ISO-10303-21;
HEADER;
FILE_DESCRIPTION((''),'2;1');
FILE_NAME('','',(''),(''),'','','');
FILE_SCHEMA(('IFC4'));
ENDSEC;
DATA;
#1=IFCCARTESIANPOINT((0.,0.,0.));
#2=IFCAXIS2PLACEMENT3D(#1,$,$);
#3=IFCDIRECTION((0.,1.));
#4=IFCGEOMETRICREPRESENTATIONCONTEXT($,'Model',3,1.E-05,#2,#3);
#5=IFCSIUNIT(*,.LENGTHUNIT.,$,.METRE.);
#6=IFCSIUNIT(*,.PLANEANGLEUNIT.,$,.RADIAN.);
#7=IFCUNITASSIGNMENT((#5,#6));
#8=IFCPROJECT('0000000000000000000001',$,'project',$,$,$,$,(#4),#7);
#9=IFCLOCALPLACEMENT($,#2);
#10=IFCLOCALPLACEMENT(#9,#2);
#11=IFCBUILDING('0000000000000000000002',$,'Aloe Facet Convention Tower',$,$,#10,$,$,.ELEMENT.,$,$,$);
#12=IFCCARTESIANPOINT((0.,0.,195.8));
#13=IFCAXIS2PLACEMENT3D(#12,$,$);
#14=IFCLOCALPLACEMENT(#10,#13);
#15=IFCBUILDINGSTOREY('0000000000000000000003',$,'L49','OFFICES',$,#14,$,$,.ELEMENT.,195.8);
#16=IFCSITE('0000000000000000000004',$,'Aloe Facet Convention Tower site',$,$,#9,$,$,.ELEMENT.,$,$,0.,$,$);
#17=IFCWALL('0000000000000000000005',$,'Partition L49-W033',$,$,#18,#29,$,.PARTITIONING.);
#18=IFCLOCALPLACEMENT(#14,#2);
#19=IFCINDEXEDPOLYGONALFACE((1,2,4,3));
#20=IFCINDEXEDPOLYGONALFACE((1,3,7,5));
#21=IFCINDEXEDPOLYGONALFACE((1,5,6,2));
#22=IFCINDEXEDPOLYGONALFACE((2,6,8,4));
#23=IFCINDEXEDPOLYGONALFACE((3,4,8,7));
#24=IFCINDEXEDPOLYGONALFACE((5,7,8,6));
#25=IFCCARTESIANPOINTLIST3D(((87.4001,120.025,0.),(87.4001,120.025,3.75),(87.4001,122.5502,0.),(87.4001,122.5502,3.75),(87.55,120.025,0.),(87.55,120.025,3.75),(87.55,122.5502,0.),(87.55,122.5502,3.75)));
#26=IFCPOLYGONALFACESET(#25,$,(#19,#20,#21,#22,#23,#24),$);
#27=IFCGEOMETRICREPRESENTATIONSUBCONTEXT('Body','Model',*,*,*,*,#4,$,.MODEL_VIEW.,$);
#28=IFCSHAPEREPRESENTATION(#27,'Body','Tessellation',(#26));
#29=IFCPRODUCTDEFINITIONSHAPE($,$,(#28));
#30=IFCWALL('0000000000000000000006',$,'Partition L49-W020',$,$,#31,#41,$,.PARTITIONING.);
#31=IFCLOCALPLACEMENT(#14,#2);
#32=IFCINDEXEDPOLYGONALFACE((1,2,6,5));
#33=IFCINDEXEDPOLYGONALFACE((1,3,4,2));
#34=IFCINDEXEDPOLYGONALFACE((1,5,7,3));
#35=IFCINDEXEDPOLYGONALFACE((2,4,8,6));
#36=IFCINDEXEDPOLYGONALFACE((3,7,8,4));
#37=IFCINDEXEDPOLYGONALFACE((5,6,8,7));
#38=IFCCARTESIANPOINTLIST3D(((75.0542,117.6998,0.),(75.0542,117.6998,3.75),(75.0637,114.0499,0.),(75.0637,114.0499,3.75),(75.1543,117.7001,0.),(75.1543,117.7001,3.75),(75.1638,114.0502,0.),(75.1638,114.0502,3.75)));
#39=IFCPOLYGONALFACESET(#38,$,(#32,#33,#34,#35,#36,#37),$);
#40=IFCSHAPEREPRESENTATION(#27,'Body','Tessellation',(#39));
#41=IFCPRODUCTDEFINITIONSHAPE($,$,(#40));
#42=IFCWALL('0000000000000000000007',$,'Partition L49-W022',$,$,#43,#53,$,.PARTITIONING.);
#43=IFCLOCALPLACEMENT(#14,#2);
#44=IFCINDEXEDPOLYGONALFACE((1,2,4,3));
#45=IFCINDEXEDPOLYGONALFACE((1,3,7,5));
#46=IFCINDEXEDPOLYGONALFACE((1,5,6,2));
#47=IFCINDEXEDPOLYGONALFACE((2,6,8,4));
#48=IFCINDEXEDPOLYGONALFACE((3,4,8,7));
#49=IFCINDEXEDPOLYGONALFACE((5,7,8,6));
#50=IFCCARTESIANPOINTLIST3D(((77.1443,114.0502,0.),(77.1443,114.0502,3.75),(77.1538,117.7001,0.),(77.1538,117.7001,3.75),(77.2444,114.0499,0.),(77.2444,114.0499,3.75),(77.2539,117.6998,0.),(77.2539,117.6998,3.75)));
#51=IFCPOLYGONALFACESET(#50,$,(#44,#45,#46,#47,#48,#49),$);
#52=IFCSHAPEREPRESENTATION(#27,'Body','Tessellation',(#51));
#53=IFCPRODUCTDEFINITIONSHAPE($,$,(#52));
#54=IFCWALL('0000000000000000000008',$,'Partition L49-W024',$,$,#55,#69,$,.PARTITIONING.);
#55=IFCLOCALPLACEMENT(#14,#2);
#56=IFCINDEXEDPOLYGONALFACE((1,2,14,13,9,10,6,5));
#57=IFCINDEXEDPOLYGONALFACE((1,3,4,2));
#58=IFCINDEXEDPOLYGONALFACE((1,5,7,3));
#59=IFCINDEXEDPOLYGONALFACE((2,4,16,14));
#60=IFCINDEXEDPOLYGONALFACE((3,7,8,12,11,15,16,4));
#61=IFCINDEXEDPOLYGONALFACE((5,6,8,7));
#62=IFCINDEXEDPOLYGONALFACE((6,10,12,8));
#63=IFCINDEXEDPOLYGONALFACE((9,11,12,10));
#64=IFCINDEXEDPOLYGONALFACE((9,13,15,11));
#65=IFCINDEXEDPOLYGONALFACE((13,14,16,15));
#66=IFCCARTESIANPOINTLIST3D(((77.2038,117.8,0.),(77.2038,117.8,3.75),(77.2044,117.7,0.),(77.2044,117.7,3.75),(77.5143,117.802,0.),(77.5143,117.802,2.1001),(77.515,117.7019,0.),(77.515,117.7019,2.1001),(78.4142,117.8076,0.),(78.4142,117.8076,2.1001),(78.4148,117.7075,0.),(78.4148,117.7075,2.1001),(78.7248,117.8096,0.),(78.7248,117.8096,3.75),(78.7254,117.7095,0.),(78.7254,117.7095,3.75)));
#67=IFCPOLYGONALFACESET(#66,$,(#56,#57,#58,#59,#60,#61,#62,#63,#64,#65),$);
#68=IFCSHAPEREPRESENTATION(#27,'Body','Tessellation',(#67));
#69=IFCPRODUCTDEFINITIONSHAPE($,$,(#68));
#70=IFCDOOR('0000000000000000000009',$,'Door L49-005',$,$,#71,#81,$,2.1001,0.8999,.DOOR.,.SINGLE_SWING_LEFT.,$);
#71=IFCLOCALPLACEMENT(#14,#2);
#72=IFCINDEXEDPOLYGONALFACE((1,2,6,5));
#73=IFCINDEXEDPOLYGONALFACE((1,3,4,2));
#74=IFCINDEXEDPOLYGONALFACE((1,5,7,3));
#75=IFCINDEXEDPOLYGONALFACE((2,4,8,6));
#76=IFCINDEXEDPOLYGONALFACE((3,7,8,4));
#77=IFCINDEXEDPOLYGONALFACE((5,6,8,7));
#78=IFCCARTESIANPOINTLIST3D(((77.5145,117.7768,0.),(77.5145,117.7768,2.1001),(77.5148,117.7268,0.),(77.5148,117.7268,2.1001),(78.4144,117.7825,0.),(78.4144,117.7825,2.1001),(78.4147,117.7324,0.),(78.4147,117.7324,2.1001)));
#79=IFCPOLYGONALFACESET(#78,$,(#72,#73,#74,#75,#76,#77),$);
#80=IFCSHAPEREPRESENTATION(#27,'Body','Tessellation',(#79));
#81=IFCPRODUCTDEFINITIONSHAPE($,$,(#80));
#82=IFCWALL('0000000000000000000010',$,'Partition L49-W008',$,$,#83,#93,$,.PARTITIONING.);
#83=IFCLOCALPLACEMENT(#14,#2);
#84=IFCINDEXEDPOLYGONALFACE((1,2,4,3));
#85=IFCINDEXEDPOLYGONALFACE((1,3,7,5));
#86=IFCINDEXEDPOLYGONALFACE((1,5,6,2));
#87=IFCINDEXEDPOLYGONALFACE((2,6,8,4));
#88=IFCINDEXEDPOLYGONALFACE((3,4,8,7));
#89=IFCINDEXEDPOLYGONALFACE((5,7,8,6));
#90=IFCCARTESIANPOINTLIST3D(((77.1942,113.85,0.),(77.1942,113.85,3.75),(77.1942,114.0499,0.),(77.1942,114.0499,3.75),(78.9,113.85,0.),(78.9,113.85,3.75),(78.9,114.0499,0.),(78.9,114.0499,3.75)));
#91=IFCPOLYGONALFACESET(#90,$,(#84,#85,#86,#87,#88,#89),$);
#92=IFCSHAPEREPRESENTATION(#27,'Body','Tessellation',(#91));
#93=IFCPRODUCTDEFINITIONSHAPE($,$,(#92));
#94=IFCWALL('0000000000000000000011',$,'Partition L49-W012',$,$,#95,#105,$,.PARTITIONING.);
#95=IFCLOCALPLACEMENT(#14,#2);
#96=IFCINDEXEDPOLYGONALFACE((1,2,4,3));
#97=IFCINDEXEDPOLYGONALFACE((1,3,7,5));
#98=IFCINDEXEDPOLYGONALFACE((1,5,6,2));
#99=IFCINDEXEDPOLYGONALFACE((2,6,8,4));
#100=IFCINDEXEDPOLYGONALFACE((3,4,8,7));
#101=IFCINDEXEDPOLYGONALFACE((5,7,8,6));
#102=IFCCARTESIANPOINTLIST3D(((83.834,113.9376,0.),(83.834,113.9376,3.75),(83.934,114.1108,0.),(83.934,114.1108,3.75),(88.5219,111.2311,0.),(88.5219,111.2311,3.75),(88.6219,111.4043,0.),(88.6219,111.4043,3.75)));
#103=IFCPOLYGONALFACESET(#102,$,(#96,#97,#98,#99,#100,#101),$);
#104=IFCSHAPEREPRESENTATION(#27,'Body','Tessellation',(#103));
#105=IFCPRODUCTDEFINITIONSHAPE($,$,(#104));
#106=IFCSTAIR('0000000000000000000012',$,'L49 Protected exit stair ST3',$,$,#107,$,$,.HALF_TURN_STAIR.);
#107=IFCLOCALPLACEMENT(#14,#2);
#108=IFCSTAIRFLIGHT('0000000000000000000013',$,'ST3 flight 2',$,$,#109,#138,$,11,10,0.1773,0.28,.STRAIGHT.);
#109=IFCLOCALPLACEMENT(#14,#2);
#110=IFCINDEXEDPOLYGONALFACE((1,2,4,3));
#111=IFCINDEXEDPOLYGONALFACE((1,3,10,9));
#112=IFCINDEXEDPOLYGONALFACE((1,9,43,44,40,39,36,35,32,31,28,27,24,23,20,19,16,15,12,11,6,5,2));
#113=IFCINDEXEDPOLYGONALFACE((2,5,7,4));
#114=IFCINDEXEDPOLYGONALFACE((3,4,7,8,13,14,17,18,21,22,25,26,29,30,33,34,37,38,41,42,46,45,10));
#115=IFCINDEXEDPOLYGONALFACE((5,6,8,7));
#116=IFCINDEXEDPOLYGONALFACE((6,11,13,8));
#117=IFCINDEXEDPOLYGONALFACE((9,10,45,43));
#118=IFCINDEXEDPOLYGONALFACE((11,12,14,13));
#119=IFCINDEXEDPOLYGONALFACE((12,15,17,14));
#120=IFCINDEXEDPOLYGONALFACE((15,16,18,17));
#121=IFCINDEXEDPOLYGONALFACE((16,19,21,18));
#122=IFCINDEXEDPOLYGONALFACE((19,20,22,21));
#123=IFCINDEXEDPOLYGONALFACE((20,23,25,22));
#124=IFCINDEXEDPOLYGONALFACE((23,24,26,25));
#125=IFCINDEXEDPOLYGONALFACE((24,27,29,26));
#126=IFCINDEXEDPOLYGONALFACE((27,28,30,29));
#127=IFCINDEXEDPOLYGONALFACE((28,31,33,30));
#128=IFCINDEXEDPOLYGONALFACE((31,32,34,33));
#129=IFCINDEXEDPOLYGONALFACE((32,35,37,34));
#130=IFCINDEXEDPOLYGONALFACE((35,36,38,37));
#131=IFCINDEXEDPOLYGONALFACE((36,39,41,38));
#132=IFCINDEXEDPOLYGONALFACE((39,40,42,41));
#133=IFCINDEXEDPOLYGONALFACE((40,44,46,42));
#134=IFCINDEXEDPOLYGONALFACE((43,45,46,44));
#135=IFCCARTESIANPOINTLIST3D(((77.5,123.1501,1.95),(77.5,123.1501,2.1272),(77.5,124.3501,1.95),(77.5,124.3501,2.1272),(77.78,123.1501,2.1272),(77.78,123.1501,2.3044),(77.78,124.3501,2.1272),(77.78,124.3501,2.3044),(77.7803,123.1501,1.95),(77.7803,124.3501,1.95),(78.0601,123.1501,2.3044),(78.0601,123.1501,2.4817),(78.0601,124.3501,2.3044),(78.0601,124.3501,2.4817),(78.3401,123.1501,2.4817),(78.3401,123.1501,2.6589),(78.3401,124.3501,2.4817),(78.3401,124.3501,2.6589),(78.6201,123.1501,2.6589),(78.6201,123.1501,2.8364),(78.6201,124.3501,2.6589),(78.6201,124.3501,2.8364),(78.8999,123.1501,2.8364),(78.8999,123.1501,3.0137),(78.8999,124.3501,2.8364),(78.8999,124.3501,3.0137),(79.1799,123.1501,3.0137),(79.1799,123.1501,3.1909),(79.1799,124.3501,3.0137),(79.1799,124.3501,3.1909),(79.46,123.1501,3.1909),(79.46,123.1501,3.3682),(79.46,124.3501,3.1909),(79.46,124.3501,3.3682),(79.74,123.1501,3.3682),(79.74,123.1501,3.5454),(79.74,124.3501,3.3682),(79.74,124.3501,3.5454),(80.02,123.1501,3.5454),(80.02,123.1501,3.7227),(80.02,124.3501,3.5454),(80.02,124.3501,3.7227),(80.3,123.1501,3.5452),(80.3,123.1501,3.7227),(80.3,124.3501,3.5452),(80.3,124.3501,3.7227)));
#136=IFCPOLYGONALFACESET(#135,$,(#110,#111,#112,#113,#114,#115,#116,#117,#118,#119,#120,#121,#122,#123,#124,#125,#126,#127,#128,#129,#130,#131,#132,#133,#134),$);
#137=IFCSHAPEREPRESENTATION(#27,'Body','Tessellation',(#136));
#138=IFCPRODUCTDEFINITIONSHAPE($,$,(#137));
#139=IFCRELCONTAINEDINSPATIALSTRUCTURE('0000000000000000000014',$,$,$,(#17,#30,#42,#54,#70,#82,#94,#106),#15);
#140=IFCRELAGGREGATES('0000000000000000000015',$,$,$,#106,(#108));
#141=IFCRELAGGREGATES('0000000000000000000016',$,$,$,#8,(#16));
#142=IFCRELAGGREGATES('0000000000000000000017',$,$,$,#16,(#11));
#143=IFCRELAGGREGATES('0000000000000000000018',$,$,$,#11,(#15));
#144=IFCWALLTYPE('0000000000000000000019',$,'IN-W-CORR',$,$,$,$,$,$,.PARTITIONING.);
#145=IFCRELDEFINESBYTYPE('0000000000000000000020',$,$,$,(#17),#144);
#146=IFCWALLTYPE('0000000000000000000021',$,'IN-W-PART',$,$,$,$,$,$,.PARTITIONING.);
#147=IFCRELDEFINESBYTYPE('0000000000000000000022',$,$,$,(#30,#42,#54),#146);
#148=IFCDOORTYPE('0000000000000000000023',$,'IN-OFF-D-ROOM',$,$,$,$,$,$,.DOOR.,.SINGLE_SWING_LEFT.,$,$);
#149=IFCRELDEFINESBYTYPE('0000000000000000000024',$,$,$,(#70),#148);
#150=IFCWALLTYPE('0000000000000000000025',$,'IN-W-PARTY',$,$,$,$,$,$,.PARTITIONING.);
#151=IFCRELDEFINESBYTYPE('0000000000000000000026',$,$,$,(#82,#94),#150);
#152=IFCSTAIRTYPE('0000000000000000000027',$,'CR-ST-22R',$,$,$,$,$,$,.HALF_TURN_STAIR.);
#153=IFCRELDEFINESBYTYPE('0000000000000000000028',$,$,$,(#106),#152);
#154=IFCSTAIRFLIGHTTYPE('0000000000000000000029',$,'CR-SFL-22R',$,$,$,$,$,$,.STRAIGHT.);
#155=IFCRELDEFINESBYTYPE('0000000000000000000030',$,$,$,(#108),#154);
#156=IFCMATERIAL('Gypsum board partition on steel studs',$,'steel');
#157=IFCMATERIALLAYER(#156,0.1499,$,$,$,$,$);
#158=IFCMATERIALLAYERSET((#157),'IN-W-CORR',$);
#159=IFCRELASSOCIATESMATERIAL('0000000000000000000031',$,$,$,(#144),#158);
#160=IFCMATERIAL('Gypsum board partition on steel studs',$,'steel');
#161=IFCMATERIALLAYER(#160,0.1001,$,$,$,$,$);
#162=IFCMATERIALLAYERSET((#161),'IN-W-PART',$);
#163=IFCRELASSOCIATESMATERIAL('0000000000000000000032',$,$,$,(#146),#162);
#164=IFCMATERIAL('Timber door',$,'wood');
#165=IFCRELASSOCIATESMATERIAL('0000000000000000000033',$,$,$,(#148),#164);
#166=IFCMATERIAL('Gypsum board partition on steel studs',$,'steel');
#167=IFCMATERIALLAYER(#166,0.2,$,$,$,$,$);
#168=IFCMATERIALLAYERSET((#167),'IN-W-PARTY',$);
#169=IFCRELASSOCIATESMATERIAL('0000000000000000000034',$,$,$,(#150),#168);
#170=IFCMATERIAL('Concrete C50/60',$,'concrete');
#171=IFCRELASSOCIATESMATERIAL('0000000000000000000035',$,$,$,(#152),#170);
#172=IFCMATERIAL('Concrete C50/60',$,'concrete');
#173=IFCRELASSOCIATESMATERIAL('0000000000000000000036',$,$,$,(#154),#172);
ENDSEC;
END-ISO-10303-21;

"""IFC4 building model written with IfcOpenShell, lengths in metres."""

from ifc_helpers import new_model, si_unit, direction, frame, frame_2d, origin, place, context, subcontext, project, spatial, polyline, rectangle, outline, extrude, material, layer, layer_set, type_object, element, fill, aggregate, save


model = new_model("IFC4")

# Units and contexts
model_context = context("Model", 3, precision=1e-05, world=origin(), true_north=direction((0.0, 1.0)))
body_context = subcontext(model_context, "Body", "Model", "MODEL_VIEW")
ifc_project = project(units=[si_unit("LENGTHUNIT", "METRE"), si_unit("PLANEANGLEUNIT", "RADIAN")], contexts=[model_context])

# Site, building, storey
site_placement = place(None, origin())
site = spatial("IfcSite", under=ifc_project, at=site_placement, Name="Aloe Facet Convention Tower site", CompositionType="ELEMENT", RefElevation=0.0)
building_placement = place(site_placement, origin())
building = spatial("IfcBuilding", under=site, at=building_placement, Name="Aloe Facet Convention Tower", CompositionType="ELEMENT")
storey_placement = place(building_placement, frame((0.0, 0.0, 195.8)))
storey = spatial("IfcBuildingStorey", under=building, at=storey_placement, Name="L49", Description="OFFICES", CompositionType="ELEMENT", Elevation=195.8)

# Shared definitions
ifc_material_1 = material(Name="Gypsum board partition on steel studs", Category="steel")
ifc_layer_1 = layer(ifc_material_1, 0.1499)
ifc_layer_set_1 = layer_set([ifc_layer_1], Name="IN-W-CORR")
wall_type_1 = type_object("IfcWallType", Name="IN-W-CORR", PredefinedType="PARTITIONING", material=ifc_layer_set_1)

# Walls
wall_1_placement = place(storey_placement, frame((87.4751, 120.0249, 0.0), z_axis=(0.0, 0.0, 1.0), x_axis=(0.0, 1.0, 0.0)))
element("IfcWall", 1, at=wall_1_placement, inside=storey, type_object=wall_type_1, Name="Partition L49-W033", PredefinedType="PARTITIONING", context=body_context, shape_type="SweptSolid", body=[
    extrude(rectangle(XDim=2.5251, YDim=0.1499, at=frame_2d((1.2627, 0.0))), origin(), (0.0, 0.0, 1.0), 3.75),
])
ifc_material_2 = material(Name="Gypsum board partition on steel studs", Category="steel")
ifc_layer_2 = layer(ifc_material_2, 0.1001)
ifc_layer_set_2 = layer_set([ifc_layer_2], Name="IN-W-PART")
wall_type_2 = type_object("IfcWallType", Name="IN-W-PART", PredefinedType="PARTITIONING", material=ifc_layer_set_2)
for number, where, z_axis, x_axis, name in (
    (2, (75.1138, 114.05, 0.0), (0.0, 0.0, 1.0), (-0.002609, 0.999997, 0.0), "Partition L49-W020"),
    (3, (77.1943, 114.05, 0.0), (0.0, 0.0, 1.0), (0.002609, 0.999997, 0.0), "Partition L49-W022"),
):
    element("IfcWall", number, at=place(storey_placement, frame(where, z_axis=z_axis, x_axis=x_axis)), inside=storey, type_object=wall_type_2, Name=name, PredefinedType="PARTITIONING", context=body_context, shape_type="SweptSolid", body=[
        extrude(rectangle(XDim=3.6499, YDim=0.1001, at=frame_2d((1.825, 0.0))), origin(), (0.0, 0.0, 1.0), 3.75),
    ])

# Wall, opening, door
wall_2_placement = place(storey_placement, frame((77.2041, 117.75, 0.0), z_axis=(0.0, 0.0, 1.0), x_axis=(0.99998, 0.00626, 0.0)))
wall_2 = element("IfcWall", 4, at=wall_2_placement, inside=storey, type_object=wall_type_2, Name="Partition L49-W024", PredefinedType="PARTITIONING", context=body_context, shape_type="SweptSolid", body=[
    extrude(rectangle(XDim=1.521, YDim=0.1001, at=frame_2d((0.7605, 0.0))), origin(), (0.0, 0.0, 1.0), 3.75),
])
opening_1_placement = place(wall_2_placement, frame((0.3105, 0.0, 0.0)))
opening_1 = element("IfcOpeningElement", 5, at=opening_1_placement, cuts=wall_2, PredefinedType="OPENING", context=body_context, shape_type="SweptSolid", body=[
    extrude(rectangle(XDim=0.8999, YDim=2.1001, at=frame_2d((0.45, 1.05))), frame((0.0, 0.0601, 0.0), z_axis=(0.0, -1.0, 0.0), x_axis=(1.0, 0.0, 0.0)), (0.0, 0.0, 1.0), 0.1201),
])
ifc_material_3 = material(Name="Timber door", Category="wood")
door_type_1 = type_object("IfcDoorType", Name="IN-OFF-D-ROOM", OperationType="SINGLE_SWING_LEFT", PredefinedType="DOOR", material=ifc_material_3)
door_1_placement = place(opening_1_placement, origin())
door_1 = element("IfcDoor", 6, at=door_1_placement, inside=storey, type_object=door_type_1, Name="Door L49-005", OperationType="SINGLE_SWING_LEFT", OverallHeight=2.1001, OverallWidth=0.8999, PredefinedType="DOOR", context=body_context, shape_type="SweptSolid", body=[
    extrude(rectangle(XDim=0.8999, YDim=2.1001, at=frame_2d((0.45, 1.05))), frame((0.0, 0.0249, 0.0), z_axis=(0.0, -1.0, 0.0), x_axis=(1.0, 0.0, 0.0)), (0.0, 0.0, 1.0), 0.05),
])
fill(opening_1, door_1)

# Walls
ifc_material_4 = material(Name="Gypsum board partition on steel studs", Category="steel")
ifc_layer_3 = layer(ifc_material_4, 0.2)
ifc_layer_set_3 = layer_set([ifc_layer_3], Name="IN-W-PARTY")
wall_type_3 = type_object("IfcWallType", Name="IN-W-PARTY", PredefinedType="PARTITIONING", material=ifc_layer_set_3)
wall_3_placement = place(storey_placement, frame((77.1941, 113.95, 0.0), z_axis=(0.0, 0.0, 1.0), x_axis=(1.0, 0.0, 0.0)))
element("IfcWall", 7, at=wall_3_placement, inside=storey, type_object=wall_type_3, Name="Partition L49-W008", PredefinedType="PARTITIONING", context=body_context, shape_type="SweptSolid", body=[
    extrude(rectangle(XDim=1.7058, YDim=0.2, at=frame_2d((0.853, 0.0))), origin(), (0.0, 0.0, 1.0), 3.75),
])
wall_4_placement = place(storey_placement, frame((83.884, 114.0242, 0.0), z_axis=(0.0, 0.0, 1.0), x_axis=(0.866031, -0.499991, 0.0)))
element("IfcWall", 8, at=wall_4_placement, inside=storey, type_object=wall_type_3, Name="Partition L49-W012", PredefinedType="PARTITIONING", context=body_context, shape_type="SweptSolid", body=[
    extrude(rectangle(XDim=5.4131, YDim=0.2, at=frame_2d((2.7065, 0.0))), origin(), (0.0, 0.0, 1.0), 3.75),
])

# Stair, stair flight
ifc_material_5 = material(Name="Concrete C50/60", Category="concrete")
stair_type = type_object("IfcStairType", Name="CR-ST-22R", PredefinedType="HALF_TURN_STAIR", material=ifc_material_5)
stair_placement = place(storey_placement, origin())
stair = element("IfcStair", 9, at=stair_placement, inside=storey, type_object=stair_type, Name="L49 Protected exit stair ST3", PredefinedType="HALF_TURN_STAIR")
ifc_material_6 = material(Name="Concrete C50/60", Category="concrete")
stair_flight_type = type_object("IfcStairFlightType", Name="CR-SFL-22R", PredefinedType="STRAIGHT", material=ifc_material_6)
stair_flight_placement = place(storey_placement, frame((77.5, 123.75, 1.95), z_axis=(0.0, 0.0, 1.0), x_axis=(1.0, 0.0, 0.0)))
stair_flight = element("IfcStairFlight", 10, at=stair_flight_placement, type_object=stair_flight_type, Name="ST3 flight 2", NumberOfRisers=11, NumberOfTreads=10, PredefinedType="STRAIGHT", RiserHeight=0.1773, TreadLength=0.28, context=body_context, shape_type="SweptSolid", body=[
    extrude(outline(polyline([(0.0, 0.0), (0.0, 0.1772), (0.28, 0.1772), (0.28, 0.3545), (0.5601, 0.3545), (0.5601, 0.5317), (0.8401, 0.5317), (0.8401, 0.709), (1.1201, 0.709), (1.1201, 0.8865), (1.3999, 0.8865), (1.3999, 1.0637), (1.6799, 1.0637), (1.6799, 1.241), (1.96, 1.241), (1.96, 1.4182), (2.24, 1.4182), (2.24, 1.5955), (2.52, 1.5955), (2.52, 1.7727), (2.8, 1.7727), (2.8, 1.95), (2.8, 1.5952), (0.2803, 0.0), (0.0, 0.0)])), frame((0.0, 0.6001, 0.0), z_axis=(0.0, -1.0, 0.0), x_axis=(1.0, 0.0, 0.0)), (0.0, 0.0, 1.0), 1.2),
])
aggregate(stair, [stair_flight])

save(model, "model.ifc")
